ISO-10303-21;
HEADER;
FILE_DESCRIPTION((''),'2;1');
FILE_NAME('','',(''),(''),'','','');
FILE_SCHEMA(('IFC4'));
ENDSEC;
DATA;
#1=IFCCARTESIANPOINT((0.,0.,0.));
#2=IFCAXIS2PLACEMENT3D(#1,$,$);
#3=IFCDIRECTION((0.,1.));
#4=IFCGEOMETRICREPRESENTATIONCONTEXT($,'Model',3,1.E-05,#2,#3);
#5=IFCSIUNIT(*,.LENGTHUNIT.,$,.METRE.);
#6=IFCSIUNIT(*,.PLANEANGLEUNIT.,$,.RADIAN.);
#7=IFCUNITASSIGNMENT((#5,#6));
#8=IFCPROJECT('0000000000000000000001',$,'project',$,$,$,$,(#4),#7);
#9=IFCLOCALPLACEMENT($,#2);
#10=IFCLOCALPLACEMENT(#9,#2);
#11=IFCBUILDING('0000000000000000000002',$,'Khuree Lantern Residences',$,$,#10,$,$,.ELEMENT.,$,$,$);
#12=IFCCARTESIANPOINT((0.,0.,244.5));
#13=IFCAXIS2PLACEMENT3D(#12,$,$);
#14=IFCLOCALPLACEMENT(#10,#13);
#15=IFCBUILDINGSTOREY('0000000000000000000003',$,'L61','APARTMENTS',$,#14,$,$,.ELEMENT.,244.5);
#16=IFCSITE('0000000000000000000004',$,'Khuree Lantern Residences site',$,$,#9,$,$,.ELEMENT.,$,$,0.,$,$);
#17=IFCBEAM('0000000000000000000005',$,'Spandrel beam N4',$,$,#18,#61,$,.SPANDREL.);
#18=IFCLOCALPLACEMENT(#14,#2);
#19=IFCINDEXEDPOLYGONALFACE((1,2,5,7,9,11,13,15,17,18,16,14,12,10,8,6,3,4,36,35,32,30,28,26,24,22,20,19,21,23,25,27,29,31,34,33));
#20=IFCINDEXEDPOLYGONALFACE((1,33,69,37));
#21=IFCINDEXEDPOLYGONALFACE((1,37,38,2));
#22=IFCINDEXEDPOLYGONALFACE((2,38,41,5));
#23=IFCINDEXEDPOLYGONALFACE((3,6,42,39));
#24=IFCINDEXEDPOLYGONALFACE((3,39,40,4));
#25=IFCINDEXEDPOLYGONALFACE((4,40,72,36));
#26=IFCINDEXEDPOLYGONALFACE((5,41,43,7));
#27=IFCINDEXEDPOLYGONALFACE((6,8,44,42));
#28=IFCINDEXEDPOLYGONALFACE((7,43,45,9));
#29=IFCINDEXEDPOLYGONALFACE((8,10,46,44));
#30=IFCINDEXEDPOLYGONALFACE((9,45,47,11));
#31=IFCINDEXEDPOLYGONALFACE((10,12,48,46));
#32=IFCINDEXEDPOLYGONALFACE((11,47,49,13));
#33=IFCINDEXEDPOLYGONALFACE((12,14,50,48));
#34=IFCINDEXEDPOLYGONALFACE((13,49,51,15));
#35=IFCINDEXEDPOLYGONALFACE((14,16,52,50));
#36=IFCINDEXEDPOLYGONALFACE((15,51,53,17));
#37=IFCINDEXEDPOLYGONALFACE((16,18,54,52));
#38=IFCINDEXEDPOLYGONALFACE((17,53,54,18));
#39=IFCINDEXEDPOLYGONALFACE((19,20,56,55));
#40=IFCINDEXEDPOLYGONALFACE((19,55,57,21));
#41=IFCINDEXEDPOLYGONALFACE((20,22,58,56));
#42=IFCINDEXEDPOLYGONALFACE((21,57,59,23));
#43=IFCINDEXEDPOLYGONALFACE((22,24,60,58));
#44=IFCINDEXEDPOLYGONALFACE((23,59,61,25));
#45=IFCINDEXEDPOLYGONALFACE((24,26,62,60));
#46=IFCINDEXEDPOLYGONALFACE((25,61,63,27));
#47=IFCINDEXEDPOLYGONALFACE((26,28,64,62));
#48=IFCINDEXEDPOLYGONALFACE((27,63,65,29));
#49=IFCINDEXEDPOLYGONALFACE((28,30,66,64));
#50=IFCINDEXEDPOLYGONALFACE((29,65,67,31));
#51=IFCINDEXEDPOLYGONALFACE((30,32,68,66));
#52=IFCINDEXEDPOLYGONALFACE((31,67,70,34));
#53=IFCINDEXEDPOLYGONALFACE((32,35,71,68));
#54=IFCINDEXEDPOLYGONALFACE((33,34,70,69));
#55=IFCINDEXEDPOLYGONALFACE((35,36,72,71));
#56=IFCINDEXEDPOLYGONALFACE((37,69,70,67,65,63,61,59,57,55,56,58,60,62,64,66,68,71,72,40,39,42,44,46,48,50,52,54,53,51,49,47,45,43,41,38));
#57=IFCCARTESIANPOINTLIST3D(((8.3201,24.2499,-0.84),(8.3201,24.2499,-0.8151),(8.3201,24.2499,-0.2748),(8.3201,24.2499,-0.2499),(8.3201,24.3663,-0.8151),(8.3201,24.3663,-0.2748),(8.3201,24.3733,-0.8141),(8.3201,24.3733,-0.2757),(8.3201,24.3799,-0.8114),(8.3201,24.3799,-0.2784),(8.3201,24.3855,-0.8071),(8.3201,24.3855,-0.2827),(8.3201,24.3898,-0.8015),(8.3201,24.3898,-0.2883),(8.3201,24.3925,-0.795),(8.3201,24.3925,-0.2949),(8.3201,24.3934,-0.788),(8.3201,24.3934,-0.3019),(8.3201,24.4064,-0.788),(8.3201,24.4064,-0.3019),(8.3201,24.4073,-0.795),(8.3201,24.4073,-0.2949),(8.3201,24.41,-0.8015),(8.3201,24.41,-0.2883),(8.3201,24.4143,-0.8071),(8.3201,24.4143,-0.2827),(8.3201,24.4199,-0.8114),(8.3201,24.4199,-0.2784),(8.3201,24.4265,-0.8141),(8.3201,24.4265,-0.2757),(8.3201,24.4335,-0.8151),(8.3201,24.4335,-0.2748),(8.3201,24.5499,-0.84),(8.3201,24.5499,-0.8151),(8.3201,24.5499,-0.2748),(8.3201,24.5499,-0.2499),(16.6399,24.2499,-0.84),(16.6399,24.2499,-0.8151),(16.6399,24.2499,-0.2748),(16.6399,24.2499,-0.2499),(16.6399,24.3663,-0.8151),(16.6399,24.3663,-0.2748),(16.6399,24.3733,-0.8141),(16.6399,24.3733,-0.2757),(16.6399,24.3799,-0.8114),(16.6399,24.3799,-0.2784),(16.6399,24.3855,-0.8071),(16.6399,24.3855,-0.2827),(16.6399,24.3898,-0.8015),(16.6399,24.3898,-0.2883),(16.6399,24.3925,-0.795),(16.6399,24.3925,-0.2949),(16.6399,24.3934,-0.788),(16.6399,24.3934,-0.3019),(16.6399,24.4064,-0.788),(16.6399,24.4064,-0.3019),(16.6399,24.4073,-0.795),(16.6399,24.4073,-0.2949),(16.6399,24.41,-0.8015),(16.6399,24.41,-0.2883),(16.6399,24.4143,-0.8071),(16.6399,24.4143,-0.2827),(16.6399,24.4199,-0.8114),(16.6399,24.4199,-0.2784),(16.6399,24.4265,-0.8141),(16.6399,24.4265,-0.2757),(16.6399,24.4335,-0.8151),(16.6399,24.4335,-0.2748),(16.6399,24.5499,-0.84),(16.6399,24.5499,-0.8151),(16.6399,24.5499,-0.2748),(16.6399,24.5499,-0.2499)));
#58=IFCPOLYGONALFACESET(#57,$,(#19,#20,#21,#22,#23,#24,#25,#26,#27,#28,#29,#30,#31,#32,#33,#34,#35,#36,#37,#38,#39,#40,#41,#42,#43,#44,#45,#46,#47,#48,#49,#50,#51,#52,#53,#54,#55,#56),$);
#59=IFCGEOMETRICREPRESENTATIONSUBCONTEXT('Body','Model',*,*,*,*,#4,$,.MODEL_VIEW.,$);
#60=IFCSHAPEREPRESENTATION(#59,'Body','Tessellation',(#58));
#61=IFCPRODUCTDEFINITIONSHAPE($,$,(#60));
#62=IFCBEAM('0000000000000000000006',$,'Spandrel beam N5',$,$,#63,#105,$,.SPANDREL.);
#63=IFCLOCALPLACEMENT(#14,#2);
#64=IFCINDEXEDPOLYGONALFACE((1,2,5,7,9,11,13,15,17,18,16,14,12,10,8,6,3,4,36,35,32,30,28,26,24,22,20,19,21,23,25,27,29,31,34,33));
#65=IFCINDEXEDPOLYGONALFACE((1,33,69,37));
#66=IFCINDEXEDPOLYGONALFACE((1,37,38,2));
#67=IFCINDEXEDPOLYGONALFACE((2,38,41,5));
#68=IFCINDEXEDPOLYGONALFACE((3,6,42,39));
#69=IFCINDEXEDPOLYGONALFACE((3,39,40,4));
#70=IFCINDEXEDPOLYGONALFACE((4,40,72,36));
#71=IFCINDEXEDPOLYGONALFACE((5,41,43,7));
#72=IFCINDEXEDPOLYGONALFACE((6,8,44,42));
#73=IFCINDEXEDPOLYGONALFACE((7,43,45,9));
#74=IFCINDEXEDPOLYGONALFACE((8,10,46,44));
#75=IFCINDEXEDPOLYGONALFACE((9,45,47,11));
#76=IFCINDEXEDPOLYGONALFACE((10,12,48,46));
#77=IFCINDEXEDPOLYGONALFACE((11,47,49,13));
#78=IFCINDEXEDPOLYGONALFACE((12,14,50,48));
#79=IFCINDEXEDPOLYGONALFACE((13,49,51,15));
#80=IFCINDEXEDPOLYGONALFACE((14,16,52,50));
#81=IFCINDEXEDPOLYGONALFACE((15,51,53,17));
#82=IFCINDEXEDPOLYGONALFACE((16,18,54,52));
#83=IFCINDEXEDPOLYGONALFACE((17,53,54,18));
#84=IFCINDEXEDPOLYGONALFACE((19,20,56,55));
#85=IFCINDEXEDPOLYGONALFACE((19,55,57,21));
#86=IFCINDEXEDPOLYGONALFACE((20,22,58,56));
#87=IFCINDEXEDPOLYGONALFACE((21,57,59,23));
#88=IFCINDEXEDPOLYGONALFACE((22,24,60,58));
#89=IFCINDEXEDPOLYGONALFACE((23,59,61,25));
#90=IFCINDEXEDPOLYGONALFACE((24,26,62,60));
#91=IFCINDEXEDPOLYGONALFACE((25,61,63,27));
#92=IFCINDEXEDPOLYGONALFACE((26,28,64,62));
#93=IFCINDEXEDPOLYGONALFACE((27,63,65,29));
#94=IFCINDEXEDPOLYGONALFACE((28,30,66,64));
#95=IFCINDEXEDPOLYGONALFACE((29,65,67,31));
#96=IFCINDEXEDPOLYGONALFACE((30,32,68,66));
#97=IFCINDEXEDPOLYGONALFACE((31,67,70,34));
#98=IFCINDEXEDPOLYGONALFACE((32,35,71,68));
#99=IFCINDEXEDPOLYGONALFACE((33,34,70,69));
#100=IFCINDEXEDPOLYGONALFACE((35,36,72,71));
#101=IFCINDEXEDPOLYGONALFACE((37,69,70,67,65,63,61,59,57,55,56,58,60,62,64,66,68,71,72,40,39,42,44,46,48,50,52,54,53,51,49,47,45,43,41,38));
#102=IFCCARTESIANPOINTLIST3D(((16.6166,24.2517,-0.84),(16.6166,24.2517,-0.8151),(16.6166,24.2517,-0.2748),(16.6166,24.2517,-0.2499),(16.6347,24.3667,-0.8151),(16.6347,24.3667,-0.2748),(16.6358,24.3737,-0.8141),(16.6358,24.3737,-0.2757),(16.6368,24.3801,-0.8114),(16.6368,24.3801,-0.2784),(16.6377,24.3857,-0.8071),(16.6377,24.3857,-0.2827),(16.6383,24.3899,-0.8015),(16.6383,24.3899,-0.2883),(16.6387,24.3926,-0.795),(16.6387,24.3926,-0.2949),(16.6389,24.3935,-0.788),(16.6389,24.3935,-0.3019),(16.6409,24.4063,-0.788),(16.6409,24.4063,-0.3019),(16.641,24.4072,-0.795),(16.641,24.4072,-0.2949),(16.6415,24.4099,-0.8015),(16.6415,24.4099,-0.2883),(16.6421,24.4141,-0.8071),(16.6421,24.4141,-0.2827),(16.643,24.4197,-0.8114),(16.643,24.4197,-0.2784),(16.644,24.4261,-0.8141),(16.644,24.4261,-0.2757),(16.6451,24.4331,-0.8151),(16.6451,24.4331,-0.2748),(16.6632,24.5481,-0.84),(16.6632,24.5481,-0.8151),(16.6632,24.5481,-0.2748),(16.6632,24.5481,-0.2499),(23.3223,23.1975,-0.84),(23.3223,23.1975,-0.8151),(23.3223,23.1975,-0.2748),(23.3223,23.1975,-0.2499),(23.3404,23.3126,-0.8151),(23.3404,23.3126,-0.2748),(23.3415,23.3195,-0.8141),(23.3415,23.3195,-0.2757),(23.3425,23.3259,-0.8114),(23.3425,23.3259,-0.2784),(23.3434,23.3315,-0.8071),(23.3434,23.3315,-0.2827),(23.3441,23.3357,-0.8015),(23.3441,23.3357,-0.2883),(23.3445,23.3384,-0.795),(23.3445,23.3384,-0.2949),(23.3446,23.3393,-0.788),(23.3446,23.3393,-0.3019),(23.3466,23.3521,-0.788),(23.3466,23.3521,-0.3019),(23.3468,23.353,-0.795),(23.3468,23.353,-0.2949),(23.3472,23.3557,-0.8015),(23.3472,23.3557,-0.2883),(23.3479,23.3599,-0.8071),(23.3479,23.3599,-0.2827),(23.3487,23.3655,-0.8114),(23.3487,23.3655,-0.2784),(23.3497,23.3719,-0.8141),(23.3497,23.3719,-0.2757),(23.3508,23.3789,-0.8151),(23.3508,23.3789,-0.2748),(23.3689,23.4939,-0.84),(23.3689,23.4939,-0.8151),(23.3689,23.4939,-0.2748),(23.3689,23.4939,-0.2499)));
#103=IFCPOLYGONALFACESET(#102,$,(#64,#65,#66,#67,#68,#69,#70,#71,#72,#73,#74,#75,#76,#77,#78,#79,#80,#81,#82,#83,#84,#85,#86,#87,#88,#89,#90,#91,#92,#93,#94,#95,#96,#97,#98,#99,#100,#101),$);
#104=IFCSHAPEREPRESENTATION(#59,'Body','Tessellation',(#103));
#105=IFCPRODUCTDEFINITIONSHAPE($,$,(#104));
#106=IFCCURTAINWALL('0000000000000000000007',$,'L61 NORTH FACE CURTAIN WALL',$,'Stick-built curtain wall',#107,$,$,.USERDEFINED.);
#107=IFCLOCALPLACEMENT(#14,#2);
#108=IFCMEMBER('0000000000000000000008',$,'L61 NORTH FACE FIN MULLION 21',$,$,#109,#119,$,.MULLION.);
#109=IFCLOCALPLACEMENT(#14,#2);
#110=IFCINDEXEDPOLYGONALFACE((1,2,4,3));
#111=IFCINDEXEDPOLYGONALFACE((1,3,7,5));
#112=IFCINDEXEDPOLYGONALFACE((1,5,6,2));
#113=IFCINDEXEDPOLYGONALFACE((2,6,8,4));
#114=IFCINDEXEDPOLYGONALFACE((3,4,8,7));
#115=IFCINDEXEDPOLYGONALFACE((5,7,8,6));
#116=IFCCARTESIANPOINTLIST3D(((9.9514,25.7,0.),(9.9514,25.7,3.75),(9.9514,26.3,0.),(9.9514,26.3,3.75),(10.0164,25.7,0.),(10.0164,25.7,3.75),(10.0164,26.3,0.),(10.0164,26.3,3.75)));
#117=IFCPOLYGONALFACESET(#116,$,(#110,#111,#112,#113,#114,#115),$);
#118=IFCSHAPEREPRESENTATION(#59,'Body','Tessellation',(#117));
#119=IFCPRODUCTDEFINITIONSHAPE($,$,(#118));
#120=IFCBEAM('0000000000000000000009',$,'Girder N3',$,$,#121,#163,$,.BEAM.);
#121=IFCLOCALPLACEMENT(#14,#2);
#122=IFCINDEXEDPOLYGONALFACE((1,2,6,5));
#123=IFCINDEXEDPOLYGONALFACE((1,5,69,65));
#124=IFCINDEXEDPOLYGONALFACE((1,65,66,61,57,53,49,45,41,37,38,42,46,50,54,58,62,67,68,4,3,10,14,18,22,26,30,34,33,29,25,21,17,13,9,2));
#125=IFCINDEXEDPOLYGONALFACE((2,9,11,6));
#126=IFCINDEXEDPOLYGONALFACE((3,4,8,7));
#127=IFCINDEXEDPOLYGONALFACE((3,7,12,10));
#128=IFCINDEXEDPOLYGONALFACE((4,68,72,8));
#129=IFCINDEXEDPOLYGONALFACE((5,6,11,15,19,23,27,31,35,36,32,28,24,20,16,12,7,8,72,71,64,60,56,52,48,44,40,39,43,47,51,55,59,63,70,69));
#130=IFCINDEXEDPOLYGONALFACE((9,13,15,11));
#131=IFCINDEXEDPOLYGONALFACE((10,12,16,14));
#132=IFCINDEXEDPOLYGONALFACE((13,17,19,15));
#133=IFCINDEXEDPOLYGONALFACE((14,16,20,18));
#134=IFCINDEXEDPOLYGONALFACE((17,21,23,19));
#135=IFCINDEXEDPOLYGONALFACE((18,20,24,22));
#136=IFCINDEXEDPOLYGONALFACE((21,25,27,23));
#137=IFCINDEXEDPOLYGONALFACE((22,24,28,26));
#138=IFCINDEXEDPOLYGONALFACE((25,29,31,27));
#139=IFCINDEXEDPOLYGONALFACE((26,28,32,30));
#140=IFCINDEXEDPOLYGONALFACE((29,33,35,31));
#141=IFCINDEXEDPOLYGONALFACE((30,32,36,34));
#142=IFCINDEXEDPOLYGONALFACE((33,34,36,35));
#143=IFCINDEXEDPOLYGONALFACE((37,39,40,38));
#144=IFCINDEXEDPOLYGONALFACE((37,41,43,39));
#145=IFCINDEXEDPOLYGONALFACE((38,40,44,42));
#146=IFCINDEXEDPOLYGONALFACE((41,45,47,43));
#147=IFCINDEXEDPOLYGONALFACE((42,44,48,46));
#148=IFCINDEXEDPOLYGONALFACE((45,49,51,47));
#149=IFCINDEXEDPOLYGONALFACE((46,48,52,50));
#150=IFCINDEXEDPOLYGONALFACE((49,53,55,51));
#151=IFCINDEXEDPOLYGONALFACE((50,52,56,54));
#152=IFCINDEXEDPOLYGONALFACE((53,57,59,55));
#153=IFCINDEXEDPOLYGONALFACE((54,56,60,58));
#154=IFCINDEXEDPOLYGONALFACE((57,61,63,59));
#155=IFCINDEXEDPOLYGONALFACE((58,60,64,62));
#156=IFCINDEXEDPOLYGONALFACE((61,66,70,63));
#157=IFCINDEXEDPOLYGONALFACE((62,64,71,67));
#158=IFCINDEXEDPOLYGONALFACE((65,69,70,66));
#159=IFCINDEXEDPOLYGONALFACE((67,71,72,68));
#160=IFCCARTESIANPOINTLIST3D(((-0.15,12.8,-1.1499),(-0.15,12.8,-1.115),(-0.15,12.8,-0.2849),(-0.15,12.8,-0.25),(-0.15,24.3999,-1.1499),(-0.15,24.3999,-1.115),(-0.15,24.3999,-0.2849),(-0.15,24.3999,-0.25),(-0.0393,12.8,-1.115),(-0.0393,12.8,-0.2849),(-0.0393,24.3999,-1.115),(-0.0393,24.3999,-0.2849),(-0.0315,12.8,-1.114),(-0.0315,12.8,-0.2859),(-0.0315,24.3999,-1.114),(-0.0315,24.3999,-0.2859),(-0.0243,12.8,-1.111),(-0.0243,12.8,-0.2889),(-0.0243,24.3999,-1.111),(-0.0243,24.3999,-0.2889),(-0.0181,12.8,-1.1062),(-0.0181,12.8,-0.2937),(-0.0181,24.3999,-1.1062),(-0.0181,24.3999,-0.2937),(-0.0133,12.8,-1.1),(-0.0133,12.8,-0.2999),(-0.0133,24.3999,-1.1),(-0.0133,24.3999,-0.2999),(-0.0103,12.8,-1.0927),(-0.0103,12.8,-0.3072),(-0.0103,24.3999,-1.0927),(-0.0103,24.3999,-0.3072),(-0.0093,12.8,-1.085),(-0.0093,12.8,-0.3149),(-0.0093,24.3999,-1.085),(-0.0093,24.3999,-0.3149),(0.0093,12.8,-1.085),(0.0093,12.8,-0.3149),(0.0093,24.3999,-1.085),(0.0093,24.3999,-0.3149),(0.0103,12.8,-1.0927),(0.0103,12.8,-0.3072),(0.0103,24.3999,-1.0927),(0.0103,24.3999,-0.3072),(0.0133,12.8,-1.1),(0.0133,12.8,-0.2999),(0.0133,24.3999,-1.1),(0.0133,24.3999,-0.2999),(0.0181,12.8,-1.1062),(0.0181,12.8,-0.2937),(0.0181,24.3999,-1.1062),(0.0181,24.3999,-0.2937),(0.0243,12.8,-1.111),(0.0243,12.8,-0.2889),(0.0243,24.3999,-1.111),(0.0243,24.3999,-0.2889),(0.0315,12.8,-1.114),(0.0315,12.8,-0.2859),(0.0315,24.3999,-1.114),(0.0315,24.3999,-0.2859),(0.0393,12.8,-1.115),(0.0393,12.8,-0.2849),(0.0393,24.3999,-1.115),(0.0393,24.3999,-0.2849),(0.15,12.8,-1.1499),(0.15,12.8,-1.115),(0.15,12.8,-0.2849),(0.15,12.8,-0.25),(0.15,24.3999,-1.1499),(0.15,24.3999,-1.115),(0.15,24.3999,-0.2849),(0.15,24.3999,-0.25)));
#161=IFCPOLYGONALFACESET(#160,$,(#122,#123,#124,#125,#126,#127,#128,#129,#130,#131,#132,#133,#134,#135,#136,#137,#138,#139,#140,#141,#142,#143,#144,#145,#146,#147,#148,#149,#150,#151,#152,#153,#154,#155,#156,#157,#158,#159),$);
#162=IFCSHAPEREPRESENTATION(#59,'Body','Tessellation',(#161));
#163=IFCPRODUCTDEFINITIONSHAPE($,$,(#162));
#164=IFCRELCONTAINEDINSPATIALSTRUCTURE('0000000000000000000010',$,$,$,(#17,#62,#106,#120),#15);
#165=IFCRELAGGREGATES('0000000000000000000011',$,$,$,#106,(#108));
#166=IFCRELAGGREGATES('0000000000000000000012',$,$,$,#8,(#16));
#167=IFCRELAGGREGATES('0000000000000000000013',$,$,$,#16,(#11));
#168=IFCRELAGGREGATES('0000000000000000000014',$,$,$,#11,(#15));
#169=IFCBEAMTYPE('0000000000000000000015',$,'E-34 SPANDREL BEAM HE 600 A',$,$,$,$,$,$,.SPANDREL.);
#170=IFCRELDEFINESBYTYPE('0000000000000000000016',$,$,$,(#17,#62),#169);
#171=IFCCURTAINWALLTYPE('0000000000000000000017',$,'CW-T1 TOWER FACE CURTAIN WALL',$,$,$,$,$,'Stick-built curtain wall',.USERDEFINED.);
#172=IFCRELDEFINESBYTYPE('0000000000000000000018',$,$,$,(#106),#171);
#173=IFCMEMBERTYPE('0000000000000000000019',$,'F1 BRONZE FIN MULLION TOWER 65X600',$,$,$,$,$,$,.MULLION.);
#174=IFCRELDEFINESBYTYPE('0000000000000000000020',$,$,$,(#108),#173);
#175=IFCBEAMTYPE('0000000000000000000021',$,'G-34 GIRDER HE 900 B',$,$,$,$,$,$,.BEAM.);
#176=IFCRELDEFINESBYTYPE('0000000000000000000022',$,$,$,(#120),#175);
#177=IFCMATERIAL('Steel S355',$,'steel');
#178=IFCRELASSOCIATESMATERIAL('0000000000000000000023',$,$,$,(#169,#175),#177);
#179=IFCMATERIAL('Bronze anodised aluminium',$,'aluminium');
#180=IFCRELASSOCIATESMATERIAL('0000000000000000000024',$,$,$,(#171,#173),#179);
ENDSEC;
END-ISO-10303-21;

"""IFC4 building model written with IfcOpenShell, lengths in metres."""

from ifc_helpers import new_model, si_unit, direction, frame, origin, origin_2d, place, context, subcontext, project, spatial, rectangle, i_section, extrude, material, material_profile, profile_set, type_object, element, aggregate, save


model = new_model("IFC4")

# Units and contexts
model_context = context("Model", 3, precision=1e-05, world=origin(), true_north=direction((0.0, 1.0)))
body_context = subcontext(model_context, "Body", "Model", "MODEL_VIEW")
ifc_project = project(units=[si_unit("LENGTHUNIT", "METRE"), si_unit("PLANEANGLEUNIT", "RADIAN")], contexts=[model_context])

# Site, building, storey
site_placement = place(None, origin())
site = spatial("IfcSite", under=ifc_project, at=site_placement, Name="Khuree Lantern Residences site", CompositionType="ELEMENT", RefElevation=0.0)
building_placement = place(site_placement, origin())
building = spatial("IfcBuilding", under=site, at=building_placement, Name="Khuree Lantern Residences", CompositionType="ELEMENT")
storey_placement = place(building_placement, frame((0.0, 0.0, 244.5)))
storey = spatial("IfcBuildingStorey", under=building, at=storey_placement, Name="L61", Description="APARTMENTS", CompositionType="ELEMENT", Elevation=244.5)

# Beams
ifc_material_1 = material(Name="Steel S355", Category="steel")
ifc_material_profile_1 = material_profile(ifc_material_1, i_section(OverallWidth=0.3, OverallDepth=0.5901, WebThickness=0.0129, FlangeThickness=0.0249, FilletRadius=0.0271, at=origin_2d()), Name="HE 600 A")
ifc_profile_set_1 = profile_set([ifc_material_profile_1], Name="Steel S355")
beam_type_1 = type_object("IfcBeamType", Name="E-34 SPANDREL BEAM HE 600 A", PredefinedType="SPANDREL", material=ifc_profile_set_1)
beam_1_placement = place(storey_placement, frame((8.3201, 24.3999, -0.5449), z_axis=(1.0, 0.0, 0.0), x_axis=(0.0, 1.0, 0.0)))
element("IfcBeam", 1, at=beam_1_placement, inside=storey, type_object=beam_type_1, Name="Spandrel beam N4", PredefinedType="SPANDREL", context=body_context, shape_type="SweptSolid", body=[
    extrude(i_section(OverallWidth=0.3, OverallDepth=0.5901, WebThickness=0.0129, FlangeThickness=0.0249, FilletRadius=0.0271, at=origin_2d()), origin(), (0.0, 0.0, 1.0), 8.3198),
])
beam_2_placement = place(storey_placement, frame((16.6399, 24.3999, -0.5449), z_axis=(0.987867, -0.1553, 0.0), x_axis=(0.1553, 0.987867, 0.0)))
element("IfcBeam", 2, at=beam_2_placement, inside=storey, type_object=beam_type_1, Name="Spandrel beam N5", PredefinedType="SPANDREL", context=body_context, shape_type="SweptSolid", body=[
    extrude(i_section(OverallWidth=0.3, OverallDepth=0.5901, WebThickness=0.0129, FlangeThickness=0.0249, FilletRadius=0.0271, at=origin_2d()), origin(), (0.0, 0.0, 1.0), 6.7881),
])

# Curtain wall, member
ifc_material_2 = material(Name="Bronze anodised aluminium", Category="aluminium")
curtain_wall_type = type_object("IfcCurtainWallType", Name="CW-T1 TOWER FACE CURTAIN WALL", ElementType="Stick-built curtain wall", PredefinedType="USERDEFINED", material=ifc_material_2)
curtain_wall_placement = place(storey_placement, origin())
curtain_wall = element("IfcCurtainWall", 3, at=curtain_wall_placement, inside=storey, type_object=curtain_wall_type, Name="L61 NORTH FACE CURTAIN WALL", ObjectType="Stick-built curtain wall", PredefinedType="USERDEFINED")
ifc_material_profile_2 = material_profile(ifc_material_2, rectangle(XDim=0.0649, YDim=0.6001, at=origin_2d()), Name="F1 65X600")
ifc_profile_set_2 = profile_set([ifc_material_profile_2], Name="Bronze anodised aluminium")
member_type_1 = type_object("IfcMemberType", Name="F1 BRONZE FIN MULLION TOWER 65X600", PredefinedType="MULLION", material=ifc_profile_set_2)
member_1_placement = place(storey_placement, frame((9.9839, 26.0, 0.0), z_axis=(0.0, 0.0, 1.0), x_axis=(-1.0, 0.0, 0.0)))
member_1 = element("IfcMember", 4, at=member_1_placement, type_object=member_type_1, Name="L61 NORTH FACE FIN MULLION 21", PredefinedType="MULLION", context=body_context, shape_type="SweptSolid", body=[
    extrude(rectangle(XDim=0.0649, YDim=0.6001, at=origin_2d()), origin(), (0.0, 0.0, 1.0), 3.75),
])

# Beam
ifc_material_profile_3 = material_profile(ifc_material_1, i_section(OverallWidth=0.3, OverallDepth=0.8999, WebThickness=0.0186, FlangeThickness=0.0349, FilletRadius=0.03, at=origin_2d()), Name="HE 900 B")
ifc_profile_set_3 = profile_set([ifc_material_profile_3], Name="Steel S355")
beam_type_2 = type_object("IfcBeamType", Name="G-34 GIRDER HE 900 B", PredefinedType="BEAM", material=ifc_profile_set_3)
for number, where, z_axis, x_axis, name in (
    (5, (0.0, 24.3999, -0.7), (0.0, -1.0, 0.0), (1.0, 0.0, 0.0), "Girder N3"),
):
    element("IfcBeam", number, at=place(storey_placement, frame(where, z_axis=z_axis, x_axis=x_axis)), inside=storey, type_object=beam_type_2, Name=name, PredefinedType="BEAM", context=body_context, shape_type="SweptSolid", body=[
        extrude(i_section(OverallWidth=0.3, OverallDepth=0.8999, WebThickness=0.0186, FlangeThickness=0.0349, FilletRadius=0.03, at=origin_2d()), origin(), (0.0, 0.0, 1.0), 11.5999),
    ])

aggregate(curtain_wall, [member_1])

save(model, "model.ifc")
